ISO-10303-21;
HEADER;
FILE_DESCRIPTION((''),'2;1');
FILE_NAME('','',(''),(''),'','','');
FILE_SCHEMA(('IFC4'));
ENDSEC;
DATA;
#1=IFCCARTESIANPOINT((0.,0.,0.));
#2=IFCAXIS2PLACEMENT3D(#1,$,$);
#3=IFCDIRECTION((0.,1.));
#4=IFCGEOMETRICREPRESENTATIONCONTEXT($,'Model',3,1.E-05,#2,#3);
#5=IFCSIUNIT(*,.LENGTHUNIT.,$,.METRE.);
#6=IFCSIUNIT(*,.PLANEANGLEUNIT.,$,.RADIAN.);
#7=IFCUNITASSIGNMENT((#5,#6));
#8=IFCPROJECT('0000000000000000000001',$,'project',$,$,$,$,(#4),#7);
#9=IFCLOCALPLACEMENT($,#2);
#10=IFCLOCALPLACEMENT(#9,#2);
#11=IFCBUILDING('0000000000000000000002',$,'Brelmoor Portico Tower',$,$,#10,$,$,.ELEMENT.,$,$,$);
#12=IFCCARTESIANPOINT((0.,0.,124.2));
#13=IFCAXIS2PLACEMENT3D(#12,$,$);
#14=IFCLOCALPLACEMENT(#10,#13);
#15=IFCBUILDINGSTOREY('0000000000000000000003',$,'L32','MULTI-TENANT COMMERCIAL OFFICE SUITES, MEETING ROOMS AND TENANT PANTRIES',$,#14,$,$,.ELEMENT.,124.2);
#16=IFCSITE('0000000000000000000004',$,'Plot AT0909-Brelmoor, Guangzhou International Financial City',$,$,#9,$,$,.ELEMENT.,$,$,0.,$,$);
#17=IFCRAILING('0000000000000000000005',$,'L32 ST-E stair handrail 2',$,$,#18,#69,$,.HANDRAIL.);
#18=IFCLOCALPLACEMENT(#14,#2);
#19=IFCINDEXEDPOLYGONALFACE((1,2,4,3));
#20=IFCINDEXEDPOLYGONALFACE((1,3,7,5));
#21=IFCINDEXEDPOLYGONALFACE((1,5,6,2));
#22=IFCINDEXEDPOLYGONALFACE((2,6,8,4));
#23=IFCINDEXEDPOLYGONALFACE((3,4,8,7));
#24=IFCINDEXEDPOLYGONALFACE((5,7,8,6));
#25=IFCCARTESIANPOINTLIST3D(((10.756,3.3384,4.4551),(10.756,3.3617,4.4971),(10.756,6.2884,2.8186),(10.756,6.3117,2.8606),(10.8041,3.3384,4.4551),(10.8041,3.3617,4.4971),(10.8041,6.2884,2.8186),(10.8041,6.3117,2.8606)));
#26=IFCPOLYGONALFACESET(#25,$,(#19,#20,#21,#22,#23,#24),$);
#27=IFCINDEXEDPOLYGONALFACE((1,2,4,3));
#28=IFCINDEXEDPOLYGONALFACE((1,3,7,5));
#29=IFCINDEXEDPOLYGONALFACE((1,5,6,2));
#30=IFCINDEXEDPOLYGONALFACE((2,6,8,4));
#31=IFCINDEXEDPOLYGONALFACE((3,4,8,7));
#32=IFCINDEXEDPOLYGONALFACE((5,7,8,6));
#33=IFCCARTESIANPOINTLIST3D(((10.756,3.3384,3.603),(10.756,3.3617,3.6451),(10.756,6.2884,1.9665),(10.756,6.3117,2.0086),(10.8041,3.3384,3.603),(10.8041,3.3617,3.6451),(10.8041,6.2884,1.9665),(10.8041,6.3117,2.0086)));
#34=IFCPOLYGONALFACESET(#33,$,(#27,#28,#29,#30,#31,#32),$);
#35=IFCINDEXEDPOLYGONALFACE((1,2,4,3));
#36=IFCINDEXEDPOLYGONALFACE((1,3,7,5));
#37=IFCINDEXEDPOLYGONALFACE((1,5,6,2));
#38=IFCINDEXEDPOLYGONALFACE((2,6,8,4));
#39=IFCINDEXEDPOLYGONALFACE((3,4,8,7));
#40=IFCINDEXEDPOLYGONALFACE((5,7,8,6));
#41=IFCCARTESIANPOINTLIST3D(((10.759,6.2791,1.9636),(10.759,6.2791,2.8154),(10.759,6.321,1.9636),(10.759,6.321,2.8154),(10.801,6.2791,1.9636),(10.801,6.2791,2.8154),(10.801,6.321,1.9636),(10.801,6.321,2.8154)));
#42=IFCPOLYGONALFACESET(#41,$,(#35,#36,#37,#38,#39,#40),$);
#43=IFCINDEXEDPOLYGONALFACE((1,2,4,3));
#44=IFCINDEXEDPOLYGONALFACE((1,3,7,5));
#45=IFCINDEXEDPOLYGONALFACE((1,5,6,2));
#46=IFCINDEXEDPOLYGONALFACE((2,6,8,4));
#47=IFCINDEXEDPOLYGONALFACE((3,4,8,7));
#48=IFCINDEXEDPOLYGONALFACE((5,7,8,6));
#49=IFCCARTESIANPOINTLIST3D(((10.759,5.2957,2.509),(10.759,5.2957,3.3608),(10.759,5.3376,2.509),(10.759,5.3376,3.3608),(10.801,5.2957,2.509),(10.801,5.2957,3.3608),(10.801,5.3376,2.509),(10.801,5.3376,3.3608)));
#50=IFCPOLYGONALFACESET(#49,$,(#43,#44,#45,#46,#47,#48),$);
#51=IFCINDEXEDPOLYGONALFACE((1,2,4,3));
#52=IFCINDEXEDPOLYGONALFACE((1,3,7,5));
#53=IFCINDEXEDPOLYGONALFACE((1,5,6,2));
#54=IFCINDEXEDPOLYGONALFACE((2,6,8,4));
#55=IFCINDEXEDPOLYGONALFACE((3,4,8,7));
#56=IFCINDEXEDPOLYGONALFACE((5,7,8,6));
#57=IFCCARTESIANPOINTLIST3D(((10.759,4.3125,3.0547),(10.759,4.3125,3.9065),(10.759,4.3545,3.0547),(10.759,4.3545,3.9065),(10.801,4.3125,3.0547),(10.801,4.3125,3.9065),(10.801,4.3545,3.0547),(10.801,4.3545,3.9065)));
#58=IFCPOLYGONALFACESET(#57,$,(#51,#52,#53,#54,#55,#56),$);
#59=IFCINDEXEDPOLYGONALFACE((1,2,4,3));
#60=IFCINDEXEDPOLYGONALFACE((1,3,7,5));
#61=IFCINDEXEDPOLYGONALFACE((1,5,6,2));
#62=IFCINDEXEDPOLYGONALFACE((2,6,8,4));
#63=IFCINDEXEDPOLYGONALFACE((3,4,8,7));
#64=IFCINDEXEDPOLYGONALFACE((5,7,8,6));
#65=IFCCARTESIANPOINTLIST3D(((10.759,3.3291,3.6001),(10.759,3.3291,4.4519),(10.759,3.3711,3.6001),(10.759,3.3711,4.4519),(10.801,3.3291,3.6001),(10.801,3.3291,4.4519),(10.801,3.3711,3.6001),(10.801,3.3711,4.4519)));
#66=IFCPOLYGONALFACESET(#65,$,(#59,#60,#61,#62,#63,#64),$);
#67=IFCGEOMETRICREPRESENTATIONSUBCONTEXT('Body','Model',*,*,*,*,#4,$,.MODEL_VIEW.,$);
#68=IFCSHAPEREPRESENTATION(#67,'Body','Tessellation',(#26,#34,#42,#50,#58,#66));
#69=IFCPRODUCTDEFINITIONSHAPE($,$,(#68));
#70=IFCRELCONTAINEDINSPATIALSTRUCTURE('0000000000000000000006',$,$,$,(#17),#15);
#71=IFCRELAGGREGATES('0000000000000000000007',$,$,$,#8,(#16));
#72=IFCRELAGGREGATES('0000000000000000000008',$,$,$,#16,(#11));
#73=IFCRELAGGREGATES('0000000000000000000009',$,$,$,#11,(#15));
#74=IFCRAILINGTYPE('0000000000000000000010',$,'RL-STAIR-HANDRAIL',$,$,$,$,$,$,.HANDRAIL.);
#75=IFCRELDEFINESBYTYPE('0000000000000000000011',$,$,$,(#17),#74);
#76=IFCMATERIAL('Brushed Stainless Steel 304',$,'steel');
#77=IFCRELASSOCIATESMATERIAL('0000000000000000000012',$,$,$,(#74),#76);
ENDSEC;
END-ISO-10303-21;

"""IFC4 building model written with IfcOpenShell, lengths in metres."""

from ifc_helpers import new_model, si_unit, direction, frame, origin, origin_2d, place, context, subcontext, project, spatial, rectangle, extrude, material, type_object, element, save


model = new_model("IFC4")

# Units and contexts
model_context = context("Model", 3, precision=1e-05, world=origin(), true_north=direction((0.0, 1.0)))
body_context = subcontext(model_context, "Body", "Model", "MODEL_VIEW")
ifc_project = project(units=[si_unit("LENGTHUNIT", "METRE"), si_unit("PLANEANGLEUNIT", "RADIAN")], contexts=[model_context])

# Site, building, storey
site_placement = place(None, origin())
site = spatial("IfcSite", under=ifc_project, at=site_placement, Name="Plot AT0909-Brelmoor, Guangzhou International Financial City", CompositionType="ELEMENT", RefElevation=0.0)
building_placement = place(site_placement, origin())
building = spatial("IfcBuilding", under=site, at=building_placement, Name="Brelmoor Portico Tower", CompositionType="ELEMENT")
storey_placement = place(building_placement, frame((0.0, 0.0, 124.2)))
storey = spatial("IfcBuildingStorey", under=building, at=storey_placement, Name="L32", Description="MULTI-TENANT COMMERCIAL OFFICE SUITES, MEETING ROOMS AND TENANT PANTRIES", CompositionType="ELEMENT", Elevation=124.2)

# Railing
ifc_material_1 = material(Name="Brushed Stainless Steel 304", Category="steel")
railing_type_1 = type_object("IfcRailingType", Name="RL-STAIR-HANDRAIL", PredefinedType="HANDRAIL", material=ifc_material_1)
railing_1_placement = place(storey_placement, frame((10.78, 6.3, 1.9636)))
element("IfcRailing", 1, at=railing_1_placement, inside=storey, type_object=railing_type_1, Name="L32 ST-E stair handrail 2", PredefinedType="HANDRAIL", context=body_context, shape_type="SweptSolid", body=[
    extrude(rectangle(XDim=0.0481, YDim=0.0481, at=origin_2d()), frame((0.0, 0.0, 0.876), z_axis=(0.0, -0.874458, 0.485102), x_axis=(1.0, 0.0, 0.0)), (0.0, 0.0, 1.0), 3.3735),
    extrude(rectangle(XDim=0.0481, YDim=0.0481, at=origin_2d()), frame((0.0, 0.0, 0.0239), z_axis=(0.0, -0.874458, 0.485102), x_axis=(1.0, 0.0, 0.0)), (0.0, 0.0, 1.0), 3.3735),
    extrude(rectangle(XDim=0.042, YDim=0.042, at=origin_2d()), origin(), (0.0, 0.0, 1.0), 0.8518),
    extrude(rectangle(XDim=0.042, YDim=0.042, at=origin_2d()), frame((0.0, -0.9834, 0.5454)), (0.0, 0.0, 1.0), 0.8518),
    extrude(rectangle(XDim=0.042, YDim=0.042, at=origin_2d()), frame((0.0, -1.9666, 1.0911)), (0.0, 0.0, 1.0), 0.8518),
    extrude(rectangle(XDim=0.042, YDim=0.042, at=origin_2d()), frame((0.0, -2.95, 1.6365)), (0.0, 0.0, 1.0), 0.8518),
])

save(model, "model.ifc")
